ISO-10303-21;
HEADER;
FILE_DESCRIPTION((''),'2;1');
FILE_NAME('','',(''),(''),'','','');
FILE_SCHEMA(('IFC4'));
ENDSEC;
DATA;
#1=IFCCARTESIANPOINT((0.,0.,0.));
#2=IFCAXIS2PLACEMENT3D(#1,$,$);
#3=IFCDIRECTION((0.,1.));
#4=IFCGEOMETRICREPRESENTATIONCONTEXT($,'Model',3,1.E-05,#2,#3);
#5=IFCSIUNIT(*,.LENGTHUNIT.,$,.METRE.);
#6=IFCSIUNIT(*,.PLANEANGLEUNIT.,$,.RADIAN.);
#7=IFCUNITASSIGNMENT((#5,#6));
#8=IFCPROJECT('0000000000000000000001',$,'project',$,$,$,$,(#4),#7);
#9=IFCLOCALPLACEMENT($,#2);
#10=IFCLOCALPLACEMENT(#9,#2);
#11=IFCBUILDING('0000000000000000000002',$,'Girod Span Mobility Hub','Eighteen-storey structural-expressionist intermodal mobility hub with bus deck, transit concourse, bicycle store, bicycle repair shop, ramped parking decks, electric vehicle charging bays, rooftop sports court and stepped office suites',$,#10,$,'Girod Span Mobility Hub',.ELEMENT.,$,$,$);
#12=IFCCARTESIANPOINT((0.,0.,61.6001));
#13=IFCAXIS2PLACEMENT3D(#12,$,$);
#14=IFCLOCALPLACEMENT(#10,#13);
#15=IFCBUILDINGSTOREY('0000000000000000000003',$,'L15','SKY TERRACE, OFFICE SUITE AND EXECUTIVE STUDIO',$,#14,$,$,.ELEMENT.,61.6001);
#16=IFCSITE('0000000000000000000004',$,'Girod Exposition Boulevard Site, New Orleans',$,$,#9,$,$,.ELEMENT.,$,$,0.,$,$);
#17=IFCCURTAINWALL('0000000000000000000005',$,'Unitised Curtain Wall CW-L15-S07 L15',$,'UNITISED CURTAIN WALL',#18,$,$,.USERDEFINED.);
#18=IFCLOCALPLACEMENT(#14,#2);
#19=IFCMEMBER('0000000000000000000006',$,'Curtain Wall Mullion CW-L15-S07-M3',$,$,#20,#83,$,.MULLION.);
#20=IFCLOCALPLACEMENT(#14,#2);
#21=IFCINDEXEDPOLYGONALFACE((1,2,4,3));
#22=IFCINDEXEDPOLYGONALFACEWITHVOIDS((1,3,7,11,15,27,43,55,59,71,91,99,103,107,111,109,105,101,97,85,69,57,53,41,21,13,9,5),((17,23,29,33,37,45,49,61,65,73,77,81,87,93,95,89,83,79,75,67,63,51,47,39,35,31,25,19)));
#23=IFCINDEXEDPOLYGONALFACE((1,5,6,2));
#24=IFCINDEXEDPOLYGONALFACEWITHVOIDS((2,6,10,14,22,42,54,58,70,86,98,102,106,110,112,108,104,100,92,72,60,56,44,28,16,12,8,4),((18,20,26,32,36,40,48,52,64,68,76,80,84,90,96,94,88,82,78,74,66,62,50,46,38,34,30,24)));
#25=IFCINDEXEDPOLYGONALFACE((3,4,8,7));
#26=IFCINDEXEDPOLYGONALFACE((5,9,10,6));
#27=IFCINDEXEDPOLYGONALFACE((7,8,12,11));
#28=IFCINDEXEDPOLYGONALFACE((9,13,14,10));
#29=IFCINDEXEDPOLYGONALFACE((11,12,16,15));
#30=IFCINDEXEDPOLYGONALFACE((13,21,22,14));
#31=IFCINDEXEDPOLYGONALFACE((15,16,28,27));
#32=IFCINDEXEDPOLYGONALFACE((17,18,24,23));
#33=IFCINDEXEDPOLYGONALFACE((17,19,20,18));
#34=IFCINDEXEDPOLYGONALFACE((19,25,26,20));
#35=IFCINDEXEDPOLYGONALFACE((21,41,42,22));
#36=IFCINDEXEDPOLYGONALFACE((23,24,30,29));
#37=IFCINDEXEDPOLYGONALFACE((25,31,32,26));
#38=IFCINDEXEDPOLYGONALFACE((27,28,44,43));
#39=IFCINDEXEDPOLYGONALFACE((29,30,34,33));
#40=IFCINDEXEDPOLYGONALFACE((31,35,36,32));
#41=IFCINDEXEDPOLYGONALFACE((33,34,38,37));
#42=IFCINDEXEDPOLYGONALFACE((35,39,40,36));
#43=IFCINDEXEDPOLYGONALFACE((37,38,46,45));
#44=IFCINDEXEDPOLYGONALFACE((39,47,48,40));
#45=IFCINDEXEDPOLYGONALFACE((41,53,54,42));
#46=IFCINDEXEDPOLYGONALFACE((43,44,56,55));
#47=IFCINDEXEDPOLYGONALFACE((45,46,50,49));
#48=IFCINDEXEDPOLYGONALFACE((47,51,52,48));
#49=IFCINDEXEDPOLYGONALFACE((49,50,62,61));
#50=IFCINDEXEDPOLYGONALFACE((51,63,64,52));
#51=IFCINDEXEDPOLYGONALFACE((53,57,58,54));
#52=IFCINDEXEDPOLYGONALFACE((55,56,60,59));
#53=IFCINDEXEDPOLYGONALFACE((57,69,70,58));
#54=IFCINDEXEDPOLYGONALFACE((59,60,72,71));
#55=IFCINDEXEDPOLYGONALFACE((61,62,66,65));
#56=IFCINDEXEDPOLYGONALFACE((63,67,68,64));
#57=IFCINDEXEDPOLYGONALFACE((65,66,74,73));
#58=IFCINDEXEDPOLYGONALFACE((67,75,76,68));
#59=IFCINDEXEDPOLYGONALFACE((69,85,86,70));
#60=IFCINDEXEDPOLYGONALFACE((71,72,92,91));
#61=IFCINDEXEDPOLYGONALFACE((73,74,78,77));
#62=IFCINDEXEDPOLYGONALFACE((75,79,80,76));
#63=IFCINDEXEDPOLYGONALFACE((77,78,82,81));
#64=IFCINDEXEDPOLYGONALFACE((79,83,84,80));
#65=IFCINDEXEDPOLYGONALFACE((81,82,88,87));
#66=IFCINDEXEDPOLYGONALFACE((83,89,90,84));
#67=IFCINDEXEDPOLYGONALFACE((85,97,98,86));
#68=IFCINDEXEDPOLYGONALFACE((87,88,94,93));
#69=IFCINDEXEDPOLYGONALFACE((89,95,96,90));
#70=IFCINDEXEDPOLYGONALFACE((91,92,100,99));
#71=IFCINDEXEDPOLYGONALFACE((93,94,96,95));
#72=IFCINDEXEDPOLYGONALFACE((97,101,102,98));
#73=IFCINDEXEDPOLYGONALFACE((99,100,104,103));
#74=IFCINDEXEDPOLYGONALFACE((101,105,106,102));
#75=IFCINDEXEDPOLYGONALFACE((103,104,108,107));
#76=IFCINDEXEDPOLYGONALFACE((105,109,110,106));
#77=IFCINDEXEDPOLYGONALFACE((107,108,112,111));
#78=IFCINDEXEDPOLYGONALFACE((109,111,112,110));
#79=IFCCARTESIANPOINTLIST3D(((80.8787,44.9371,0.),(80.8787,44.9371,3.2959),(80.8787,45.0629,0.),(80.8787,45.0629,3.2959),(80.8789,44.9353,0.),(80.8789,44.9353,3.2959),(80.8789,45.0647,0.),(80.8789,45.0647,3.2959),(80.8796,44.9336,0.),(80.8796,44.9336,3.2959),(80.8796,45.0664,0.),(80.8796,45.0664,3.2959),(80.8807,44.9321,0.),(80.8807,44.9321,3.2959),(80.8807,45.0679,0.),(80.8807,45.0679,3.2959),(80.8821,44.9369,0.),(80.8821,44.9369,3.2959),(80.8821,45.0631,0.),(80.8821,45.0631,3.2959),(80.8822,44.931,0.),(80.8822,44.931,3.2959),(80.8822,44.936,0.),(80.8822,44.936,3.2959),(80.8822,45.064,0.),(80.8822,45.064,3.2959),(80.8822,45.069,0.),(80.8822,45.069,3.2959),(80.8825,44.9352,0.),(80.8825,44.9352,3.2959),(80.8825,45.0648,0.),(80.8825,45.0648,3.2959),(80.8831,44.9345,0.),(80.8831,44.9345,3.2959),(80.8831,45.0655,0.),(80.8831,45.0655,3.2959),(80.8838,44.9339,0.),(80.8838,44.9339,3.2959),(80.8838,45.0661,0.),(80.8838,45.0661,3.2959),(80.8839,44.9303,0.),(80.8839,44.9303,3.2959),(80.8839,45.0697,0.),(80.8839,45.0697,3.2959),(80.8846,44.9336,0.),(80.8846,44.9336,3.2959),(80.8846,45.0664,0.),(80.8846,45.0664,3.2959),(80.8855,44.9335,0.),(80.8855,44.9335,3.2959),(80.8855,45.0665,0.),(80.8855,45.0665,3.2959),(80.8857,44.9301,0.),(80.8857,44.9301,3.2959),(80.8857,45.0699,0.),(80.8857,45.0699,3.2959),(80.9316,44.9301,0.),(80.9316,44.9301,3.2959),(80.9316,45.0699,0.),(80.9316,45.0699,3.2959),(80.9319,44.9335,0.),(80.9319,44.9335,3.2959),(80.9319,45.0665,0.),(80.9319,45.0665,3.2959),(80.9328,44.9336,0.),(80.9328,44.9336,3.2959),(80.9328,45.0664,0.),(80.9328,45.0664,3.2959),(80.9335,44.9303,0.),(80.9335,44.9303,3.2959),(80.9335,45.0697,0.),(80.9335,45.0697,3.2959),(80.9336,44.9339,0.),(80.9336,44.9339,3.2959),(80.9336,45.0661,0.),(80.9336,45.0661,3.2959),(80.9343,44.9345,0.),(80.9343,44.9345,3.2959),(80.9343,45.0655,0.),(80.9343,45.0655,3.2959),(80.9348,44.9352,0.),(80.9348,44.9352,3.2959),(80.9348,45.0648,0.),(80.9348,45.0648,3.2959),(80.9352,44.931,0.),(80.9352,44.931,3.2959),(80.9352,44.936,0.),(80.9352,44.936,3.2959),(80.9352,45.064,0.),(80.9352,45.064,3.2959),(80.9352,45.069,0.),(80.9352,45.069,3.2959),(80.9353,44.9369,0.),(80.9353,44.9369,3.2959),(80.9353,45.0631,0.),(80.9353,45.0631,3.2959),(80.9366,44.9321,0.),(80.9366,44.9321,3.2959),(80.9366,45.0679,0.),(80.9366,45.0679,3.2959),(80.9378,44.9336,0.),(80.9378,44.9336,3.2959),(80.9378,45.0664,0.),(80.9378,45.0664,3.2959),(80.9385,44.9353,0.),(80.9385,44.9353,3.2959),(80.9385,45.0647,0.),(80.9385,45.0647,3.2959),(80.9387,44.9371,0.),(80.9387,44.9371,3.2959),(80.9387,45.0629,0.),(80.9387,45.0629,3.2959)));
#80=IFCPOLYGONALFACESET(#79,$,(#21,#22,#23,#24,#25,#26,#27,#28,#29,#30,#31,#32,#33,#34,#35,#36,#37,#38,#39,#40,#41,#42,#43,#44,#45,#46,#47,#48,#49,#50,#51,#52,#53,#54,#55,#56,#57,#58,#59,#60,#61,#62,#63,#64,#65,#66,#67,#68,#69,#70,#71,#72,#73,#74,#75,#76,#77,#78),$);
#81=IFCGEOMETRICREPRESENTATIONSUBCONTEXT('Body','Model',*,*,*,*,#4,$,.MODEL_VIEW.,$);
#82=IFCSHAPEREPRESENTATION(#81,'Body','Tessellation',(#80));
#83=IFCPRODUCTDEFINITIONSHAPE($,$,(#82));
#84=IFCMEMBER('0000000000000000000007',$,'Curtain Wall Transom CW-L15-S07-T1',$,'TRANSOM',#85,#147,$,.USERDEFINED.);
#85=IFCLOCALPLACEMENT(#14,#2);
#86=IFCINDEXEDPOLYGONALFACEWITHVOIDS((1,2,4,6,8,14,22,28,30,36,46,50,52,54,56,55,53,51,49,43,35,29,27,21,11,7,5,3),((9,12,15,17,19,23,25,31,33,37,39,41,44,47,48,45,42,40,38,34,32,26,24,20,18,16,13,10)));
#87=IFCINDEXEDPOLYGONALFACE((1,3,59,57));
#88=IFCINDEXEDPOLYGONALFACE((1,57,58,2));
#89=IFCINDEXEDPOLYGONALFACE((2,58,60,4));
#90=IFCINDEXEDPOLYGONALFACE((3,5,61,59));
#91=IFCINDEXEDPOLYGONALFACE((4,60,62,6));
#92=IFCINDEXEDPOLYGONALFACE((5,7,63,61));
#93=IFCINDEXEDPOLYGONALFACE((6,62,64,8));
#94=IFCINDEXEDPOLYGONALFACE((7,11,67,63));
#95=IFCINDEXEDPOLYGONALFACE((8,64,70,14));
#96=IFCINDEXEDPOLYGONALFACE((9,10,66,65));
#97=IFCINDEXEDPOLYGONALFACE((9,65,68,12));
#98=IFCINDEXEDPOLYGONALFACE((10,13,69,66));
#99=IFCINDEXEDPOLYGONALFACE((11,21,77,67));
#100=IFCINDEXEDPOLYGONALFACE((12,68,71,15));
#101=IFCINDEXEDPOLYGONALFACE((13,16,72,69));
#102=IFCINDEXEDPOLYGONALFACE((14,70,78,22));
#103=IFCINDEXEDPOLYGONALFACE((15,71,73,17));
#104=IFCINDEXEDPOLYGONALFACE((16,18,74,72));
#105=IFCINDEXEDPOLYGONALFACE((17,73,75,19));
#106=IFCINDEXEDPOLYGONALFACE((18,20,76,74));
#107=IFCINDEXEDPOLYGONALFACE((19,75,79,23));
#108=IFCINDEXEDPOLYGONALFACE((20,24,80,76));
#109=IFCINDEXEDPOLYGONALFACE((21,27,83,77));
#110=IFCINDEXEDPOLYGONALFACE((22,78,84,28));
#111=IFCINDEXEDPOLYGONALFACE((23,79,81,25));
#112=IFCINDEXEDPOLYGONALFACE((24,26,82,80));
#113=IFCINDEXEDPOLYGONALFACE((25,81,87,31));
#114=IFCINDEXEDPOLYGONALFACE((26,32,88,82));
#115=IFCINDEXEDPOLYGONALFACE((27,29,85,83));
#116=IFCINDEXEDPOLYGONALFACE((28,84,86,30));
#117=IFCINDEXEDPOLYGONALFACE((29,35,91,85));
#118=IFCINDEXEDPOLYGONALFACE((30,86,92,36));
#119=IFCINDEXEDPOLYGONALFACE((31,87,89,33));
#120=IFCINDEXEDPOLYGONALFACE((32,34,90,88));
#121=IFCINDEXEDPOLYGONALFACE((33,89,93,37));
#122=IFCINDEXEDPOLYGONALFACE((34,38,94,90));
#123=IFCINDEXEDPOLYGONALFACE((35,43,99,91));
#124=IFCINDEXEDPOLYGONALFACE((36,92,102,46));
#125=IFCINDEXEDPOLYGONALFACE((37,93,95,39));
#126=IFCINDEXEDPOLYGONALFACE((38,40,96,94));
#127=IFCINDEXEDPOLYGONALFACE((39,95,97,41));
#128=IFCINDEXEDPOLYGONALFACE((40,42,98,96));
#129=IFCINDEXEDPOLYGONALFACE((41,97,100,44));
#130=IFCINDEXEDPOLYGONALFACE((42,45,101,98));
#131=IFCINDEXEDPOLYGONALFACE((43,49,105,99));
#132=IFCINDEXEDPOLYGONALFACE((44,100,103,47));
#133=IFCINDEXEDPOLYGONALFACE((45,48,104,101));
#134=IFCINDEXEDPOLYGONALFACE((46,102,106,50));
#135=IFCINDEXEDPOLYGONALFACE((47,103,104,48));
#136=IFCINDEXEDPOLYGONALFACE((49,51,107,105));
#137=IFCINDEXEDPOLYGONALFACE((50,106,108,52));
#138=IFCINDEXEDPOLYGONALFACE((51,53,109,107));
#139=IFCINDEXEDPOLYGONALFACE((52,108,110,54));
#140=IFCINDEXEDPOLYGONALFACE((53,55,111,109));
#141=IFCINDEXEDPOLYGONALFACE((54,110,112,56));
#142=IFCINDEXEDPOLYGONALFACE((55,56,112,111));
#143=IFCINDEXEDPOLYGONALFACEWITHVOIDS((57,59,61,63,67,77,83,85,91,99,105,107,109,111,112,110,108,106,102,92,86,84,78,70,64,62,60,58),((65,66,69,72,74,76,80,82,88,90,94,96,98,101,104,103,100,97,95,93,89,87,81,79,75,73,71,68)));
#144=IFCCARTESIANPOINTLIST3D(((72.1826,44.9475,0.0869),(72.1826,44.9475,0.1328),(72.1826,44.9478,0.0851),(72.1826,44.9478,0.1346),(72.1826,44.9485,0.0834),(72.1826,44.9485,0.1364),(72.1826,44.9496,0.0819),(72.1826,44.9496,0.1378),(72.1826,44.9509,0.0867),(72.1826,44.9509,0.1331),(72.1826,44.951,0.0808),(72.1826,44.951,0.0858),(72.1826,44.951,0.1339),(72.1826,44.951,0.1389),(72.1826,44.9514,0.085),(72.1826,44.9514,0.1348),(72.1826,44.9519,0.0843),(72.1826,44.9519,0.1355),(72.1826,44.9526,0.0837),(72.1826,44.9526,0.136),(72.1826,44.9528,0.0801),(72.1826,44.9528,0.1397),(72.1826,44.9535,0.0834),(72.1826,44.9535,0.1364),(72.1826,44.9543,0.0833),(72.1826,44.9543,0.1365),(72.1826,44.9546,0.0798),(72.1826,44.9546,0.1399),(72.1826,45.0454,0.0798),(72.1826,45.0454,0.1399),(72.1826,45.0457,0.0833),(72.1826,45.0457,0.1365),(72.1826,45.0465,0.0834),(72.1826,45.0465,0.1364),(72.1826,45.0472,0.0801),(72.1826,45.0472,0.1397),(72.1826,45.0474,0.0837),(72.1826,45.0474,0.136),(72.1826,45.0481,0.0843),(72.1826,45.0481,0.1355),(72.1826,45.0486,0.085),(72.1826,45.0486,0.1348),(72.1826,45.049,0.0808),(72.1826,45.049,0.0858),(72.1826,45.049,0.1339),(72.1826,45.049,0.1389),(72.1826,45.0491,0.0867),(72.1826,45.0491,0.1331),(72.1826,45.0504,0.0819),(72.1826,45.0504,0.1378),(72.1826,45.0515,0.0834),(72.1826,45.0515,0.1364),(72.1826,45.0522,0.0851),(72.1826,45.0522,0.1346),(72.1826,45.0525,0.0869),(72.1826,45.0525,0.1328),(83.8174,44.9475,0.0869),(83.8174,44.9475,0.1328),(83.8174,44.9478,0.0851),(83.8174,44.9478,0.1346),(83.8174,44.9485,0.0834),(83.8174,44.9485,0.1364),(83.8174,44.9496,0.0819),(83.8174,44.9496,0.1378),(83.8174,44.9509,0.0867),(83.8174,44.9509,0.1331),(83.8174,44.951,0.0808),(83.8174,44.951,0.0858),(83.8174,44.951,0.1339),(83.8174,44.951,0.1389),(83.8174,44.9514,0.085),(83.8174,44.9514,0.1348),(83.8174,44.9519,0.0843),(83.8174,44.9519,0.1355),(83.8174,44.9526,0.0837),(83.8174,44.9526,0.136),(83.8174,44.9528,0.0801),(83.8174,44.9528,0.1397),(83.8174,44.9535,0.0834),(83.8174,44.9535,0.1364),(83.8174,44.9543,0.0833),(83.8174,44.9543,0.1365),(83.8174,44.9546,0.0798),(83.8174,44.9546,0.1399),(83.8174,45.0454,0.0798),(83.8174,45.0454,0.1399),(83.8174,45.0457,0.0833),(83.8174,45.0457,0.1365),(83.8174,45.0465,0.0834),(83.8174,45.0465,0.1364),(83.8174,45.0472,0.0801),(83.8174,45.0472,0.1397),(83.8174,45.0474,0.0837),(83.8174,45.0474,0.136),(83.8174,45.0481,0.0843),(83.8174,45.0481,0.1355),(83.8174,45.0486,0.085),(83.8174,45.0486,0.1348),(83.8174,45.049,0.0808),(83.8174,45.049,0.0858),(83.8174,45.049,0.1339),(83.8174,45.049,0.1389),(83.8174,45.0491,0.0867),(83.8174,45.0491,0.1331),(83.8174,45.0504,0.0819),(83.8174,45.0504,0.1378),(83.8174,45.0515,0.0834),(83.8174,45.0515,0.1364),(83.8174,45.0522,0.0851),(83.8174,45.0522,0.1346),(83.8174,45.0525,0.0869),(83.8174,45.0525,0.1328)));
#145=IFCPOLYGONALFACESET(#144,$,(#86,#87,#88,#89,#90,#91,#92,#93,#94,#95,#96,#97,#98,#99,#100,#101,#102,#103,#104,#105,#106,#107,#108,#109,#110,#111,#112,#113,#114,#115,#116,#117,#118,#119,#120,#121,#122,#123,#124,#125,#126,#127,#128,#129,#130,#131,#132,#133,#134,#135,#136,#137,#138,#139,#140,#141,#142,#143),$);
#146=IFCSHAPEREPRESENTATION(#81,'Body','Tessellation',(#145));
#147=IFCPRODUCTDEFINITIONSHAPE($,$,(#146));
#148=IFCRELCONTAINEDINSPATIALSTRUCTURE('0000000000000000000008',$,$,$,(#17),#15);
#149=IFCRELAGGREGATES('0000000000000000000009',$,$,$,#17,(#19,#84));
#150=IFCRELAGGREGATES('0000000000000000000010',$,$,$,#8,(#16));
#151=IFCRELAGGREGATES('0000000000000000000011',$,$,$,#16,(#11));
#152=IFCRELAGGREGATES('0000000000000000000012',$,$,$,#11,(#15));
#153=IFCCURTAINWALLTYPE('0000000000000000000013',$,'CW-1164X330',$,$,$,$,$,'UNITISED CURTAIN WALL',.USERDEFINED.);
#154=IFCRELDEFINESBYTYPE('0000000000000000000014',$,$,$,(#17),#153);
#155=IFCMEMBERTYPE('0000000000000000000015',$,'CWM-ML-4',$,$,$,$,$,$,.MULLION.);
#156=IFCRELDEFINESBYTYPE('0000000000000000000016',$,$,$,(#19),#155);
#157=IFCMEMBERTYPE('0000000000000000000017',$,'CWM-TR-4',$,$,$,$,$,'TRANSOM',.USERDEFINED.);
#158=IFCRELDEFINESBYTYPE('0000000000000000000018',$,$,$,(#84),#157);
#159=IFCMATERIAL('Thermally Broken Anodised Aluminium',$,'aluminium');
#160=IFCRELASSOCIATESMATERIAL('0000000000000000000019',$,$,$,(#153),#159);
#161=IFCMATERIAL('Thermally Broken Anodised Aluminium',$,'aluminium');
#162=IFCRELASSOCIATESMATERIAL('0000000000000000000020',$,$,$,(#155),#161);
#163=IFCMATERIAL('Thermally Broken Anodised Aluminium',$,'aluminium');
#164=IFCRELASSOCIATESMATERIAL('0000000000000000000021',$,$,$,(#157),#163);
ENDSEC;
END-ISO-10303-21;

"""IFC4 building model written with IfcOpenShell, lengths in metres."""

from ifc_helpers import new_model, si_unit, direction, frame, origin, origin_2d, place, context, subcontext, project, spatial, hollow_rectangle, extrude, material, material_profile, profile_set, type_object, element, aggregate, save


model = new_model("IFC4")

# Units and contexts
model_context = context("Model", 3, precision=1e-05, world=origin(), true_north=direction((0.0, 1.0)))
body_context = subcontext(model_context, "Body", "Model", "MODEL_VIEW")
ifc_project = project(units=[si_unit("LENGTHUNIT", "METRE"), si_unit("PLANEANGLEUNIT", "RADIAN")], contexts=[model_context])

# Site, building, storey
site_placement = place(None, origin())
site = spatial("IfcSite", under=ifc_project, at=site_placement, Name="Girod Exposition Boulevard Site, New Orleans", CompositionType="ELEMENT", RefElevation=0.0)
building_placement = place(site_placement, origin())
building = spatial("IfcBuilding", under=site, at=building_placement, Name="Girod Span Mobility Hub", Description="Eighteen-storey structural-expressionist intermodal mobility hub with bus deck, transit concourse, bicycle store, bicycle repair shop, ramped parking decks, electric vehicle charging bays, rooftop sports court and stepped office suites", LongName="Girod Span Mobility Hub", CompositionType="ELEMENT")
storey_placement = place(building_placement, frame((0.0, 0.0, 61.6001)))
storey = spatial("IfcBuildingStorey", under=building, at=storey_placement, Name="L15", Description="SKY TERRACE, OFFICE SUITE AND EXECUTIVE STUDIO", CompositionType="ELEMENT", Elevation=61.6001)

# Curtain wall, members
ifc_material_1 = material(Name="Thermally Broken Anodised Aluminium", Category="aluminium")
curtain_wall_type = type_object("IfcCurtainWallType", Name="CW-1164X330", ElementType="UNITISED CURTAIN WALL", PredefinedType="USERDEFINED", material=ifc_material_1)
ifc_material_2 = material(Name="Thermally Broken Anodised Aluminium", Category="aluminium")
ifc_material_profile_1 = material_profile(ifc_material_2, hollow_rectangle(XDim=0.1399, YDim=0.0601, WallThickness=0.0034, InnerFilletRadius=0.0034, OuterFilletRadius=0.0071, at=origin_2d()), Name="CW-ML-60X140")
ifc_profile_set_1 = profile_set([ifc_material_profile_1], Name="Thermally Broken Anodised Aluminium")
member_type_1 = type_object("IfcMemberType", Name="CWM-ML-4", PredefinedType="MULLION", material=ifc_profile_set_1)
curtain_wall_1_placement = place(storey_placement, origin())
curtain_wall_1 = element("IfcCurtainWall", 1, at=curtain_wall_1_placement, inside=storey, type_object=curtain_wall_type, Name="Unitised Curtain Wall CW-L15-S07 L15", ObjectType="UNITISED CURTAIN WALL", PredefinedType="USERDEFINED")
member_1_placement = place(storey_placement, frame((80.9087, 45.0, 0.0), z_axis=(0.0, 0.0, 1.0), x_axis=(0.0, 1.0, 0.0)))
member_1 = element("IfcMember", 2, at=member_1_placement, type_object=member_type_1, Name="Curtain Wall Mullion CW-L15-S07-M3", PredefinedType="MULLION", context=body_context, shape_type="SweptSolid", body=[
    extrude(hollow_rectangle(XDim=0.1399, YDim=0.0601, WallThickness=0.0034, InnerFilletRadius=0.0034, OuterFilletRadius=0.0071, at=origin_2d()), origin(), (0.0, 0.0, 1.0), 3.2959),
])
ifc_material_3 = material(Name="Thermally Broken Anodised Aluminium", Category="aluminium")
ifc_material_profile_2 = material_profile(ifc_material_3, hollow_rectangle(XDim=0.105, YDim=0.0601, WallThickness=0.0034, InnerFilletRadius=0.0034, OuterFilletRadius=0.0071, at=origin_2d()), Name="CW-TR-60X105")
ifc_profile_set_2 = profile_set([ifc_material_profile_2], Name="Thermally Broken Anodised Aluminium")
member_type_2 = type_object("IfcMemberType", Name="CWM-TR-4", ElementType="TRANSOM", PredefinedType="USERDEFINED", material=ifc_profile_set_2)
member_2_placement = place(storey_placement, frame((72.1826, 45.0, 0.1099), z_axis=(1.0, 0.0, 0.0), x_axis=(0.0, 1.0, 0.0)))
member_2 = element("IfcMember", 3, at=member_2_placement, type_object=member_type_2, Name="Curtain Wall Transom CW-L15-S07-T1", ObjectType="TRANSOM", PredefinedType="USERDEFINED", context=body_context, shape_type="SweptSolid", body=[
    extrude(hollow_rectangle(XDim=0.105, YDim=0.0601, WallThickness=0.0034, InnerFilletRadius=0.0034, OuterFilletRadius=0.0071, at=origin_2d()), origin(), (0.0, 0.0, 1.0), 11.6348),
])

aggregate(curtain_wall_1, [member_1, member_2])

save(model, "model.ifc")
